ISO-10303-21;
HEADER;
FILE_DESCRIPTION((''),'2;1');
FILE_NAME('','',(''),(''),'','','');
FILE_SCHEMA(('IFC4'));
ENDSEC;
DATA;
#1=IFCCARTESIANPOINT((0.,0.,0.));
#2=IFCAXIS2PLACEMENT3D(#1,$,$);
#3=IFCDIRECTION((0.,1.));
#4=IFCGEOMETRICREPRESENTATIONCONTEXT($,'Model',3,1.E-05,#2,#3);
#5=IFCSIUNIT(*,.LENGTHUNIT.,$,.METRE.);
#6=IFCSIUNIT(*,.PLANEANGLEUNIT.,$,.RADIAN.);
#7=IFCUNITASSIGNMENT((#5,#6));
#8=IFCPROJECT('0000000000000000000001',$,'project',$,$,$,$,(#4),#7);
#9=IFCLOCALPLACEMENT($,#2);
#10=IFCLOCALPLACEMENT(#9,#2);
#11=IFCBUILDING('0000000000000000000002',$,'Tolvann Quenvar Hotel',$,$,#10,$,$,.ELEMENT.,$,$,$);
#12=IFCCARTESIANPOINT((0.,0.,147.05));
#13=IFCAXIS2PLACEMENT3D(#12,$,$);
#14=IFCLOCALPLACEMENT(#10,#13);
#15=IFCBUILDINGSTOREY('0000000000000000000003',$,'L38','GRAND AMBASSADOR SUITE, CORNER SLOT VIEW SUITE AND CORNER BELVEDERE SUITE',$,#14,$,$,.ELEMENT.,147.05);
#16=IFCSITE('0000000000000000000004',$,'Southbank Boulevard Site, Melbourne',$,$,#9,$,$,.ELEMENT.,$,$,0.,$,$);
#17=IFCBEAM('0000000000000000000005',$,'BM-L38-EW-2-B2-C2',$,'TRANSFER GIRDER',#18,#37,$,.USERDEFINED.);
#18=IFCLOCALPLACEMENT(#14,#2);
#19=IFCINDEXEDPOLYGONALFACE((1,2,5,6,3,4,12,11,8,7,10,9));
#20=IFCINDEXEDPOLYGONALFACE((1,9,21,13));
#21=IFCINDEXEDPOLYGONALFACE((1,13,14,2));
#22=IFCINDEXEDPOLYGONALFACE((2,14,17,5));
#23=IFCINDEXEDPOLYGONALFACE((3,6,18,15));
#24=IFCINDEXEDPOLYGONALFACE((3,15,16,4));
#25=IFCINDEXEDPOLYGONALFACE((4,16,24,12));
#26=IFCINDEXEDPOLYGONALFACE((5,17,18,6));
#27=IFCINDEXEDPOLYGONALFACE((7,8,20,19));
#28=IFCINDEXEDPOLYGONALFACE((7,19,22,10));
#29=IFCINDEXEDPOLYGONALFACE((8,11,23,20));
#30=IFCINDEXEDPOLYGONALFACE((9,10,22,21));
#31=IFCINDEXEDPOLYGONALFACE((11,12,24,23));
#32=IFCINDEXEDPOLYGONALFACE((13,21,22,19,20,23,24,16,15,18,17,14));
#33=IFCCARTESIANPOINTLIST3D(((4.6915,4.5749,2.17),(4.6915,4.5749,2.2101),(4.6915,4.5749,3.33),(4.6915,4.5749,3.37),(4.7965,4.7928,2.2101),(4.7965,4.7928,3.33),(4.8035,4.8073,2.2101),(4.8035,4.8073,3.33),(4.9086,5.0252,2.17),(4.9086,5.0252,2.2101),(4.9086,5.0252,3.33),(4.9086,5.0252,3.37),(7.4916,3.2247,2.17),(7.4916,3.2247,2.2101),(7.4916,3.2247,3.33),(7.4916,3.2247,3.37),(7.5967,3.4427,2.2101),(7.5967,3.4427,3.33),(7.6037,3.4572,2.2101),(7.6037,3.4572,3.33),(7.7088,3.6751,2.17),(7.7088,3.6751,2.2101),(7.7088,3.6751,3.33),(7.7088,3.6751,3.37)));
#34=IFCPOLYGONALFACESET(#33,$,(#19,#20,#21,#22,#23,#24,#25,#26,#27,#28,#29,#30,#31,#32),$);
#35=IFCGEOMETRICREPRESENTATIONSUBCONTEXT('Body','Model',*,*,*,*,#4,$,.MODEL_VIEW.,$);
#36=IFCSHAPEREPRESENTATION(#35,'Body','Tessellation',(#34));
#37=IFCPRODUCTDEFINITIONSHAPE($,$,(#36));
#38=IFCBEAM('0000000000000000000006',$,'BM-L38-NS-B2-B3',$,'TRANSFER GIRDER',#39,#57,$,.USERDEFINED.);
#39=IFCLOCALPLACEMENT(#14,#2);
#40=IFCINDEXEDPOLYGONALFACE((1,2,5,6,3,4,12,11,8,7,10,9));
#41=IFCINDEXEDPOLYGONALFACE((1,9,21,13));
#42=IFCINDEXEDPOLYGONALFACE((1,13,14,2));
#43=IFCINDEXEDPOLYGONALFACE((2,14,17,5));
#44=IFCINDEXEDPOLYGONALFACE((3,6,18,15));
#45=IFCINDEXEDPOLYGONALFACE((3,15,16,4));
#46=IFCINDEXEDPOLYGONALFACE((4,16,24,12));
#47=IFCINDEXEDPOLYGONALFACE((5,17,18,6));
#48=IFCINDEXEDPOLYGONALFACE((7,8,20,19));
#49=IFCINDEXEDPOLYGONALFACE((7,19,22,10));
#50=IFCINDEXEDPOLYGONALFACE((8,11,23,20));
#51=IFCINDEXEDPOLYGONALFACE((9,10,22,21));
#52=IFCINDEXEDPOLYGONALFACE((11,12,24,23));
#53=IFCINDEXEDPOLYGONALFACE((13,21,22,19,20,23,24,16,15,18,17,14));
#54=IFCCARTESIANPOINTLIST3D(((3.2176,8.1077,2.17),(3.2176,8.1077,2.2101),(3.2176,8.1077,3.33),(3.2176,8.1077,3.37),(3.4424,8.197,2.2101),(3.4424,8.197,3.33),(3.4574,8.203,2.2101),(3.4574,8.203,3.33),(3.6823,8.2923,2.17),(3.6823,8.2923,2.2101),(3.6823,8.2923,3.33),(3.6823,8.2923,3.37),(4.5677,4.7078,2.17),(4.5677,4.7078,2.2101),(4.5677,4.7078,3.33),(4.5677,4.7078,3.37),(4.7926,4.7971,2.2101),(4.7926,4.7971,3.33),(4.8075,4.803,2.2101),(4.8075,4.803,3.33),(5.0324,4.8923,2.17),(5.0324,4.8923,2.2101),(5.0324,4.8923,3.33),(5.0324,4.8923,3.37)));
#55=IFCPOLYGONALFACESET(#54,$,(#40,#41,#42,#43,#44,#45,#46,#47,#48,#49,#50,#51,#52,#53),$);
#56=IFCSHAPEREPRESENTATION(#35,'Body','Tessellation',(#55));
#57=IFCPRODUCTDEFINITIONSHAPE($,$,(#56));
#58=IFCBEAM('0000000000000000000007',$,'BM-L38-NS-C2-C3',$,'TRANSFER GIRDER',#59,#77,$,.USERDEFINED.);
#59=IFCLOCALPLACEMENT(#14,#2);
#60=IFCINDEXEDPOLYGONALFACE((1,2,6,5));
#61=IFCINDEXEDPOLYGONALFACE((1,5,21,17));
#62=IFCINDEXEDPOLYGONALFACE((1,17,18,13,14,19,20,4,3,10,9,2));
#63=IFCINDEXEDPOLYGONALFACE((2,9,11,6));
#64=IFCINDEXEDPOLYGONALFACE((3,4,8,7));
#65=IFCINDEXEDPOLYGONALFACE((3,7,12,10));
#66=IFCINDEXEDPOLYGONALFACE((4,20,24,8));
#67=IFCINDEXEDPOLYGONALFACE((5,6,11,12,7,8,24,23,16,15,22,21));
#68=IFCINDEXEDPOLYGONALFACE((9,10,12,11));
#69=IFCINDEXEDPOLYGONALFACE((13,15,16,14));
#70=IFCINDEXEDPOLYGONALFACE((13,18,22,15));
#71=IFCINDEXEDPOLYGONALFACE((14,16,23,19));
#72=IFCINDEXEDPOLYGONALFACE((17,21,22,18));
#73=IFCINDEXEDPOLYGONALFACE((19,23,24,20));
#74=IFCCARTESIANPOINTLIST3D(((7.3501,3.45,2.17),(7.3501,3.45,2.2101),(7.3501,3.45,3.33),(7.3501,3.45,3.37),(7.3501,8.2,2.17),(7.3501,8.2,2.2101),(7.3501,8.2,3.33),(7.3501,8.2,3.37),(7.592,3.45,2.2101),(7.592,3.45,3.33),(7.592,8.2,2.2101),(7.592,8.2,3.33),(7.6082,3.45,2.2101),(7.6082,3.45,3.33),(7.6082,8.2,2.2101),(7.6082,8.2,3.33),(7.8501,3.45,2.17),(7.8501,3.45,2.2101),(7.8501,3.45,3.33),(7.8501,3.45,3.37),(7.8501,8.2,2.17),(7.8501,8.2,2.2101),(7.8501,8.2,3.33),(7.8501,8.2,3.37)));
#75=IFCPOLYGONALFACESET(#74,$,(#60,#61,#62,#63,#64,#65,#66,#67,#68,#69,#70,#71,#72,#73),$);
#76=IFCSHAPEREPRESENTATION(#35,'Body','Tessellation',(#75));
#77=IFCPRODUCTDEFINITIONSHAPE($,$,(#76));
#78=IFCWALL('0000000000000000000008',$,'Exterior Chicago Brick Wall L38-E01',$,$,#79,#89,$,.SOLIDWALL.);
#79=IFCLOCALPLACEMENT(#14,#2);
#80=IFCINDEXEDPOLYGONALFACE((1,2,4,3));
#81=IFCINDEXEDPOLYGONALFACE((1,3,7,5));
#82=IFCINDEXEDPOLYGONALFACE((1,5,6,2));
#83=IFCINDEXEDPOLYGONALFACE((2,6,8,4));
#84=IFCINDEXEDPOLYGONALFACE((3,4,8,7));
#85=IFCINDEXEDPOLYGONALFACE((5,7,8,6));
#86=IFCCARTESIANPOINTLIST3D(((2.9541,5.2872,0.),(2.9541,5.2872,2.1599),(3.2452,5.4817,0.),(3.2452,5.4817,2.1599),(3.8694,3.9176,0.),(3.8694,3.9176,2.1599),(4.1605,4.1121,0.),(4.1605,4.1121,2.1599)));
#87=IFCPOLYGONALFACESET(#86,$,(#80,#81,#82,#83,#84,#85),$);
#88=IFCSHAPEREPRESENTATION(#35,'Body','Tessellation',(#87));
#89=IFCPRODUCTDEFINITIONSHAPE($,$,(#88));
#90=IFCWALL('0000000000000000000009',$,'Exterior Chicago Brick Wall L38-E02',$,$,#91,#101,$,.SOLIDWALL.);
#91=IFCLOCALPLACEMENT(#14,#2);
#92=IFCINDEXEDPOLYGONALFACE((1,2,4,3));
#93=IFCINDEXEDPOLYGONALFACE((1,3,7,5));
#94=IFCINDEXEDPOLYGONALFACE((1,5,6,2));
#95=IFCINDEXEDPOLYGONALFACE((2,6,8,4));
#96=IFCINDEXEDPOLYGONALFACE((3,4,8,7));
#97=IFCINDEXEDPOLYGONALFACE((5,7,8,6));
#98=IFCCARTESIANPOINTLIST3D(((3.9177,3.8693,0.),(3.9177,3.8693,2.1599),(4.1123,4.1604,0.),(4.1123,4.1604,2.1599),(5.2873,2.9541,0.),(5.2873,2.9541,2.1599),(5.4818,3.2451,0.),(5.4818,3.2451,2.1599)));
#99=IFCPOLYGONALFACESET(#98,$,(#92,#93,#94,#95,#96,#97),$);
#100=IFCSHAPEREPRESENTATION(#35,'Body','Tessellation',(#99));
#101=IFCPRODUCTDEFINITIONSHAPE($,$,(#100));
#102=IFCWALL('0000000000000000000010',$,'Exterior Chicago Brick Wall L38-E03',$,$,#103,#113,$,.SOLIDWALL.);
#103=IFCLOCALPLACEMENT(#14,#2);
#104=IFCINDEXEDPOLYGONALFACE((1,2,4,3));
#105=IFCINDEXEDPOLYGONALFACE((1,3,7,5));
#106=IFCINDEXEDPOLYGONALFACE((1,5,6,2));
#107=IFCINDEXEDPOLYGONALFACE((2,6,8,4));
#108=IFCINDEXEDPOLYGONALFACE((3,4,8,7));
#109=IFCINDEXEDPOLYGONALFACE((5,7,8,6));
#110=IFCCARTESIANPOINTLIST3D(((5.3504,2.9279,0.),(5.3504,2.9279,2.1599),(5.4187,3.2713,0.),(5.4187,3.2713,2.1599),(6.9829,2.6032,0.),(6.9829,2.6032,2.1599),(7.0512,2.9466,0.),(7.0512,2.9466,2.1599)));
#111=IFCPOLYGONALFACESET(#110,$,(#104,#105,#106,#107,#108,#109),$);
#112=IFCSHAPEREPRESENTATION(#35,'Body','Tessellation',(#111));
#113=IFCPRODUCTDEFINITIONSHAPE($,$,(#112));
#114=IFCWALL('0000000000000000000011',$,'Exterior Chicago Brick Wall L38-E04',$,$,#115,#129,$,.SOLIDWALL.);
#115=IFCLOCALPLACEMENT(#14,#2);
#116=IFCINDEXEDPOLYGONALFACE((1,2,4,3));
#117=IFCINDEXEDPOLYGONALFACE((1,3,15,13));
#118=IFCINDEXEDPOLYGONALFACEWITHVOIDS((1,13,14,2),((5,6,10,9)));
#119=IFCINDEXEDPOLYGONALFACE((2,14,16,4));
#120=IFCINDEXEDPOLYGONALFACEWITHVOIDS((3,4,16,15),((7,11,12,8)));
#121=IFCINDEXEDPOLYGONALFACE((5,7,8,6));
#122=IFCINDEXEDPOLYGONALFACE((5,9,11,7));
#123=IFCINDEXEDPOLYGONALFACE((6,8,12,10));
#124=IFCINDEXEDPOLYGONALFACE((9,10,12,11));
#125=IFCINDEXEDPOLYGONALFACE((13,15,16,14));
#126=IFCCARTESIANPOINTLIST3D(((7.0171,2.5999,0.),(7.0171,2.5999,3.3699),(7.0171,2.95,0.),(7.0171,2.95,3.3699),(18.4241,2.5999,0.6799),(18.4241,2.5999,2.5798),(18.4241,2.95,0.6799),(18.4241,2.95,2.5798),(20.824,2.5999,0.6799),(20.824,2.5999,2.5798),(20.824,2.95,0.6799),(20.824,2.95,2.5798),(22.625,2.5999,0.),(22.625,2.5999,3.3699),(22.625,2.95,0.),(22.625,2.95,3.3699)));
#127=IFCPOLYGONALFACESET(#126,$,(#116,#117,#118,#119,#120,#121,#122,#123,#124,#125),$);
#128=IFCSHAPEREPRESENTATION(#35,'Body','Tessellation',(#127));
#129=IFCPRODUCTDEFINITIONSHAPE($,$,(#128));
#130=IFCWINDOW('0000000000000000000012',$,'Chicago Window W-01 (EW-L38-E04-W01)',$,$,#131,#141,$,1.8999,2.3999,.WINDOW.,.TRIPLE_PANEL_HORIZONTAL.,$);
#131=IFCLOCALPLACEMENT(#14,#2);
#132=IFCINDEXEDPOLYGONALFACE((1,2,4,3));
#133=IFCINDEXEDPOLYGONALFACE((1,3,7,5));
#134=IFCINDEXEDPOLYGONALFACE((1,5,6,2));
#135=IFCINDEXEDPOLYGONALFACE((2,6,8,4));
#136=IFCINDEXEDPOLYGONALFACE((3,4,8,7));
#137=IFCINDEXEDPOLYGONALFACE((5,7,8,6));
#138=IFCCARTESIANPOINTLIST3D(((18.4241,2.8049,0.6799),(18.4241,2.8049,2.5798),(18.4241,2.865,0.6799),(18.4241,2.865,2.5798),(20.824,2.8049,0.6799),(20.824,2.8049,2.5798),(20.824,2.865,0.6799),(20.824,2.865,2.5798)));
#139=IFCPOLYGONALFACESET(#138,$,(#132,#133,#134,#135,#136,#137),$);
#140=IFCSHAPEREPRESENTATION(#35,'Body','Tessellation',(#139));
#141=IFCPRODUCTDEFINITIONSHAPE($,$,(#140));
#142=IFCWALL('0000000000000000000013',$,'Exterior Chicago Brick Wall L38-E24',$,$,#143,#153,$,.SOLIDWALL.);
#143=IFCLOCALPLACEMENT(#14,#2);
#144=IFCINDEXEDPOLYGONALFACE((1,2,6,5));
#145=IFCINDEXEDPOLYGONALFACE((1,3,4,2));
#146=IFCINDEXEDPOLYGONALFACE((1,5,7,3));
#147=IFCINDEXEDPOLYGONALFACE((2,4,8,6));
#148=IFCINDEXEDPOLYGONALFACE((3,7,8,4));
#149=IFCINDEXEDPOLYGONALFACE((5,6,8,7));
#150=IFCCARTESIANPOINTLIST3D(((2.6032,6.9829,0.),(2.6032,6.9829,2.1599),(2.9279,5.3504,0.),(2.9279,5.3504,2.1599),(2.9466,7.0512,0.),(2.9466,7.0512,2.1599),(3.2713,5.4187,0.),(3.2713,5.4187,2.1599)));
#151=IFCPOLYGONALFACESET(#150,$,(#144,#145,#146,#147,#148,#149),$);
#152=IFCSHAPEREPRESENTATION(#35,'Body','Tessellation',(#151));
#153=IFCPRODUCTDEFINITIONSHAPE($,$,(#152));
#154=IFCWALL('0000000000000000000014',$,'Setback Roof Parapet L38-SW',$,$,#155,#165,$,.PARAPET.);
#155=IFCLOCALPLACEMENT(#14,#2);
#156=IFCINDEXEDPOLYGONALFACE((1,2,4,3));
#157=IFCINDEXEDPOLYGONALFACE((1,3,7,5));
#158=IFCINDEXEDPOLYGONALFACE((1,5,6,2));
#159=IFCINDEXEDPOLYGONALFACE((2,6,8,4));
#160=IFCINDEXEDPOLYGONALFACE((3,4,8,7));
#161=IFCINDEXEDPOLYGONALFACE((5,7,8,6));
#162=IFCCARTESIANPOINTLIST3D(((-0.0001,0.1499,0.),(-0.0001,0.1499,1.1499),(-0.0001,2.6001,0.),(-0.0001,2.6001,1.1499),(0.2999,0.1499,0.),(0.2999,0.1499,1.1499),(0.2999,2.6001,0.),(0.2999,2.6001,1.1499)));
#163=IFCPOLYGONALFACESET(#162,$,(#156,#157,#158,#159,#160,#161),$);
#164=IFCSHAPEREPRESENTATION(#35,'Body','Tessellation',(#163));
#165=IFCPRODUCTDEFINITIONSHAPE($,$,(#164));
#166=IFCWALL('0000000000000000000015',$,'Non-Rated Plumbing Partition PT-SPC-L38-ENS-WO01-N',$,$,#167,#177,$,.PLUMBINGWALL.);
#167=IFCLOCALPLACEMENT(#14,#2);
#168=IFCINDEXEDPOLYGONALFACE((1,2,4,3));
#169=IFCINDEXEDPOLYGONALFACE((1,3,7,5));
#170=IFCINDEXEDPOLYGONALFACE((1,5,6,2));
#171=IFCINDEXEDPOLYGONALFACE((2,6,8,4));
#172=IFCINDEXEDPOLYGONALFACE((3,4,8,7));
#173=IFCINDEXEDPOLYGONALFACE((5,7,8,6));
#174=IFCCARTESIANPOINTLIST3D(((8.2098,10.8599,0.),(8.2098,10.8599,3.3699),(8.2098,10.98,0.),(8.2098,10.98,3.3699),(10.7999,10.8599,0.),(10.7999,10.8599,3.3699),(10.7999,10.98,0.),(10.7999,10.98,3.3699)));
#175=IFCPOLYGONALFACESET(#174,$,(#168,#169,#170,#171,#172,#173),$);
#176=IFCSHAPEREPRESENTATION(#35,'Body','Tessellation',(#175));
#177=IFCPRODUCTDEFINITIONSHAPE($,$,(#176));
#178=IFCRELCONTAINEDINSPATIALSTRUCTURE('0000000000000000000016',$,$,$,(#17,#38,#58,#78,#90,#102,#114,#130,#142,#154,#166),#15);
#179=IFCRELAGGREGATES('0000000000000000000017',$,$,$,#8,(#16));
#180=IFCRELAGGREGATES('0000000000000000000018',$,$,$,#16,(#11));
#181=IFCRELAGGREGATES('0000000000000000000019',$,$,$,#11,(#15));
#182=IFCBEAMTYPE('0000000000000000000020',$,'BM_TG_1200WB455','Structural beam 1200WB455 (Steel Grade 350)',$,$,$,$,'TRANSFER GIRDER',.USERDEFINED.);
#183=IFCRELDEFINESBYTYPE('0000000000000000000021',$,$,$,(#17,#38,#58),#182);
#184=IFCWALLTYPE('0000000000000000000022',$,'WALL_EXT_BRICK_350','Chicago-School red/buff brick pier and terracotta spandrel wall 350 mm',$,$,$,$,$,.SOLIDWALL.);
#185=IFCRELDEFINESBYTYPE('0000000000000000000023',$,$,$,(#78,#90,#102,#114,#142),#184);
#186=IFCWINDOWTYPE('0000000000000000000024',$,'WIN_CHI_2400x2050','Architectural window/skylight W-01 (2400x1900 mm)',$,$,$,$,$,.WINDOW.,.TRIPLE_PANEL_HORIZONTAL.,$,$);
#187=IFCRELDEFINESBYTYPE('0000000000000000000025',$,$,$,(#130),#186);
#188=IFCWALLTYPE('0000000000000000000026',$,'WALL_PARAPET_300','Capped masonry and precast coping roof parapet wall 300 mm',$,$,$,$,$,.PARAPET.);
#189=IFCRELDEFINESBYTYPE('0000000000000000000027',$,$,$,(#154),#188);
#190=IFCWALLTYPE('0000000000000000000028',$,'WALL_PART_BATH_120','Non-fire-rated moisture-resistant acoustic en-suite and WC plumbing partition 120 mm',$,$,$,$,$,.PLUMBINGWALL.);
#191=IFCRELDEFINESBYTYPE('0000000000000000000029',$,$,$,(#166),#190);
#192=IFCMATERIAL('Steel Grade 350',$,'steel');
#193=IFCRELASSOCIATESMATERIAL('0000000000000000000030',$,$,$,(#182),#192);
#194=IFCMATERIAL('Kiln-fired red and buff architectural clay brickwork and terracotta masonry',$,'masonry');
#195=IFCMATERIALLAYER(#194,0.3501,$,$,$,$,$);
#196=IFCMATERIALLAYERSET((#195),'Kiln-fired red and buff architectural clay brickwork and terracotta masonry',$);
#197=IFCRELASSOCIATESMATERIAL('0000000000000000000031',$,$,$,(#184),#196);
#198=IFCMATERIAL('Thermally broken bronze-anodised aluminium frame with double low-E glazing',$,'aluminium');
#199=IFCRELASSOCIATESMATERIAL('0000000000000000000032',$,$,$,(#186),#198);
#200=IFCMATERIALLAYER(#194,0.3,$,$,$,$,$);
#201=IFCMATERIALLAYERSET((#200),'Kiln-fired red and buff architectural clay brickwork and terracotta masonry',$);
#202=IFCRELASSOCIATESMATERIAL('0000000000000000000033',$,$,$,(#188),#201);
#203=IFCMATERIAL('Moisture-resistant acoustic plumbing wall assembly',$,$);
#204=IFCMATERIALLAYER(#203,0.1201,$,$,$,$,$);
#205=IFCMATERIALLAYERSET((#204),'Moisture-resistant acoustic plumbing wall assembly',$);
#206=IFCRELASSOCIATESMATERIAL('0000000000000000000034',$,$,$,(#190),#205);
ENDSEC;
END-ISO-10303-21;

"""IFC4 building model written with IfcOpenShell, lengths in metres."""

from ifc_helpers import new_model, si_unit, direction, frame, frame_2d, origin, origin_2d, place, context, subcontext, project, spatial, rectangle, i_section, extrude, source, transform, mapped, material, layer, layer_set, material_profile, profile_set, type_object, type_shapes, element, fill, save


model = new_model("IFC4")

# Units and contexts
model_context = context("Model", 3, precision=1e-05, world=origin(), true_north=direction((0.0, 1.0)))
body_context = subcontext(model_context, "Body", "Model", "MODEL_VIEW")
ifc_project = project(units=[si_unit("LENGTHUNIT", "METRE"), si_unit("PLANEANGLEUNIT", "RADIAN")], contexts=[model_context])

# Site, building, storey
site_placement = place(None, origin())
site = spatial("IfcSite", under=ifc_project, at=site_placement, Name="Southbank Boulevard Site, Melbourne", CompositionType="ELEMENT", RefElevation=0.0)
building_placement = place(site_placement, origin())
building = spatial("IfcBuilding", under=site, at=building_placement, Name="Tolvann Quenvar Hotel", CompositionType="ELEMENT")
storey_placement = place(building_placement, frame((0.0, 0.0, 147.05)))
storey = spatial("IfcBuildingStorey", under=building, at=storey_placement, Name="L38", Description="GRAND AMBASSADOR SUITE, CORNER SLOT VIEW SUITE AND CORNER BELVEDERE SUITE", CompositionType="ELEMENT", Elevation=147.05)

# Shared definitions
ifc_material_1 = material(Name="Steel Grade 350", Category="steel")

# Beams
ifc_material_profile_1 = material_profile(ifc_material_1, i_section(OverallWidth=0.5, OverallDepth=1.2, WebThickness=0.0161, FlangeThickness=0.04, at=origin_2d()), Name="1200WB455")
ifc_profile_set_1 = profile_set([ifc_material_profile_1], Name="Steel Grade 350")
beam_type = type_object("IfcBeamType", Name="BM_TG_1200WB455", Description="Structural beam 1200WB455 (Steel Grade 350)", ElementType="TRANSFER GIRDER", PredefinedType="USERDEFINED", material=ifc_profile_set_1)
shared_shape_1 = source(origin(), body_context, "Body", "SweptSolid", [
    extrude(i_section(OverallWidth=0.5, OverallDepth=1.2, WebThickness=0.0161, FlangeThickness=0.04, at=origin_2d()), origin(), (0.0, 0.0, 1.0), 3.1086),
])
beam_1_placement = place(storey_placement, frame((4.8, 4.8, 2.77), z_axis=(0.900759, -0.434319, 0.0), x_axis=(0.434319, 0.900759, 0.0)))
element("IfcBeam", 1, at=beam_1_placement, inside=storey, type_object=beam_type, Name="BM-L38-EW-2-B2-C2", ObjectType="TRANSFER GIRDER", PredefinedType="USERDEFINED", context=body_context, shape_type="MappedRepresentation", body=[
    mapped(shared_shape_1, transform((0.0, 0.0, 0.0), x_axis=(1.0, 0.0, 0.0), y_axis=(0.0, 1.0, 0.0), z_axis=(0.0, 0.0, 1.0), scale=1.0)),
])
shared_shape_2 = source(origin(), body_context, "Body", "SweptSolid", [
    extrude(i_section(OverallWidth=0.5, OverallDepth=1.2, WebThickness=0.0161, FlangeThickness=0.04, at=origin_2d()), origin(), (0.0, 0.0, 1.0), 3.6582),
])
beam_2_placement = place(storey_placement, frame((4.8, 4.8, 2.77), z_axis=(-0.369065, 0.929404, 0.0), x_axis=(-0.929404, -0.369065, 0.0)))
element("IfcBeam", 2, at=beam_2_placement, inside=storey, type_object=beam_type, Name="BM-L38-NS-B2-B3", ObjectType="TRANSFER GIRDER", PredefinedType="USERDEFINED", context=body_context, shape_type="MappedRepresentation", body=[
    mapped(shared_shape_2, transform((0.0, 0.0, 0.0), x_axis=(1.0, 0.0, 0.0), y_axis=(0.0, 1.0, 0.0), z_axis=(0.0, 0.0, 1.0), scale=1.0)),
])
shared_shape_3 = source(origin(), body_context, "Body", "SweptSolid", [
    extrude(i_section(OverallWidth=0.5, OverallDepth=1.2, WebThickness=0.0161, FlangeThickness=0.04, at=origin_2d()), origin(), (0.0, 0.0, 1.0), 4.75),
])
beam_3_placement = place(storey_placement, frame((7.6001, 3.45, 2.77), z_axis=(0.0, 1.0, 0.0), x_axis=(-1.0, 0.0, 0.0)))
element("IfcBeam", 3, at=beam_3_placement, inside=storey, type_object=beam_type, Name="BM-L38-NS-C2-C3", ObjectType="TRANSFER GIRDER", PredefinedType="USERDEFINED", context=body_context, shape_type="MappedRepresentation", body=[
    mapped(shared_shape_3, transform((0.0, 0.0, 0.0), x_axis=(1.0, 0.0, 0.0), y_axis=(0.0, 1.0, 0.0), z_axis=(0.0, 0.0, 1.0), scale=1.0)),
])

# Walls
ifc_material_2 = material(Name="Kiln-fired red and buff architectural clay brickwork and terracotta masonry", Category="masonry")
ifc_layer_1 = layer(ifc_material_2, 0.3501)
ifc_layer_set_1 = layer_set([ifc_layer_1], Name="Kiln-fired red and buff architectural clay brickwork and terracotta masonry")
wall_type_1 = type_object("IfcWallType", Name="WALL_EXT_BRICK_350", Description="Chicago-School red/buff brick pier and terracotta spandrel wall 350 mm", PredefinedType="SOLIDWALL", material=ifc_layer_set_1)
for number, where, z_axis, x_axis, name in (
    (4, (3.0996, 5.3845, 0.0), (0.0, 0.0, 1.0), (0.555623, -0.831434, 0.0), "Exterior Chicago Brick Wall L38-E01"),
    (5, (4.0149, 4.0149, 0.0), (0.0, 0.0, 1.0), (0.831434, -0.555623, 0.0), "Exterior Chicago Brick Wall L38-E02"),
):
    element("IfcWall", number, at=place(storey_placement, frame(where, z_axis=z_axis, x_axis=x_axis)), inside=storey, type_object=wall_type_1, Name=name, PredefinedType="SOLIDWALL", context=body_context, shape_type="SweptSolid", body=[
        extrude(rectangle(XDim=1.6472, YDim=0.3501, at=frame_2d((0.8237, 0.0))), origin(), (0.0, 0.0, 1.0), 2.1599),
    ])
wall_1_placement = place(storey_placement, frame((5.3845, 3.0996, 0.0), z_axis=(0.0, 0.0, 1.0), x_axis=(0.980789, -0.195072, 0.0)))
element("IfcWall", 6, at=wall_1_placement, inside=storey, type_object=wall_type_1, Name="Exterior Chicago Brick Wall L38-E03", PredefinedType="SOLIDWALL", context=body_context, shape_type="SweptSolid", body=[
    extrude(rectangle(XDim=1.6646, YDim=0.3501, at=frame_2d((0.8323, 0.0))), origin(), (0.0, 0.0, 1.0), 2.1599),
])

# Wall, opening, window
wall_2_placement = place(storey_placement, frame((7.0171, 2.7749, 0.0), z_axis=(0.0, 0.0, 1.0), x_axis=(1.0, 0.0, 0.0)))
wall_2 = element("IfcWall", 7, at=wall_2_placement, inside=storey, type_object=wall_type_1, Name="Exterior Chicago Brick Wall L38-E04", PredefinedType="SOLIDWALL", context=body_context, shape_type="SweptSolid", body=[
    extrude(rectangle(XDim=15.6079, YDim=0.3501, at=frame_2d((7.804, 0.0))), origin(), (0.0, 0.0, 1.0), 3.3699),
])
opening_1_placement = place(wall_2_placement, frame((11.407, 0.0, 0.6799)))
opening_1 = element("IfcOpeningElement", 8, at=opening_1_placement, cuts=wall_2, PredefinedType="OPENING", context=body_context, shape_type="SweptSolid", body=[
    extrude(rectangle(XDim=2.3999, YDim=1.8999, at=frame_2d((1.2, 0.95))), frame((0.0, 0.1851, 0.0), z_axis=(0.0, -1.0, 0.0), x_axis=(1.0, 0.0, 0.0)), (0.0, 0.0, 1.0), 0.3701),
])
ifc_material_3 = material(Name="Thermally broken bronze-anodised aluminium frame with double low-E glazing", Category="aluminium")
window_type = type_object("IfcWindowType", Name="WIN_CHI_2400x2050", Description="Architectural window/skylight W-01 (2400x1900 mm)", PartitioningType="TRIPLE_PANEL_HORIZONTAL", PredefinedType="WINDOW", material=ifc_material_3)
shared_shape_4 = source(origin(), body_context, "Body", "SweptSolid", [
    extrude(rectangle(XDim=2.3999, YDim=1.8999, at=frame_2d((1.2, 0.95))), frame((0.0, 0.0901, 0.0), z_axis=(0.0, -1.0, 0.0), x_axis=(1.0, 0.0, 0.0)), (0.0, 0.0, 1.0), 0.0601),
])
type_shapes(window_type, [shared_shape_4])
window_placement = place(opening_1_placement, origin())
window = element("IfcWindow", 9, at=window_placement, inside=storey, type_object=window_type, Name="Chicago Window W-01 (EW-L38-E04-W01)", OverallHeight=1.8999, OverallWidth=2.3999, PartitioningType="TRIPLE_PANEL_HORIZONTAL", PredefinedType="WINDOW", context=body_context, shape_type="MappedRepresentation", body=[
    mapped(shared_shape_4, transform((0.0, 0.0, 0.0), x_axis=(1.0, 0.0, 0.0), y_axis=(0.0, 1.0, 0.0), z_axis=(0.0, 0.0, 1.0), scale=1.0)),
])
fill(opening_1, window)

# Walls
wall_3_placement = place(storey_placement, frame((2.7749, 7.0171, 0.0), z_axis=(0.0, 0.0, 1.0), x_axis=(0.195072, -0.980789, 0.0)))
element("IfcWall", 10, at=wall_3_placement, inside=storey, type_object=wall_type_1, Name="Exterior Chicago Brick Wall L38-E24", PredefinedType="SOLIDWALL", context=body_context, shape_type="SweptSolid", body=[
    extrude(rectangle(XDim=1.6646, YDim=0.3501, at=frame_2d((0.8323, 0.0))), origin(), (0.0, 0.0, 1.0), 2.1599),
])
ifc_layer_2 = layer(ifc_material_2, 0.3)
ifc_layer_set_2 = layer_set([ifc_layer_2], Name="Kiln-fired red and buff architectural clay brickwork and terracotta masonry")
wall_type_2 = type_object("IfcWallType", Name="WALL_PARAPET_300", Description="Capped masonry and precast coping roof parapet wall 300 mm", PredefinedType="PARAPET", material=ifc_layer_set_2)
wall_4_placement = place(storey_placement, frame((0.1499, 0.1499, 0.0), z_axis=(0.0, 0.0, 1.0), x_axis=(0.0, 1.0, 0.0)))
element("IfcWall", 11, at=wall_4_placement, inside=storey, type_object=wall_type_2, Name="Setback Roof Parapet L38-SW", PredefinedType="PARAPET", context=body_context, shape_type="SweptSolid", body=[
    extrude(rectangle(XDim=2.4502, YDim=0.3, at=frame_2d((1.2251, 0.0))), origin(), (0.0, 0.0, 1.0), 1.1499),
])
ifc_material_4 = material(Name="Moisture-resistant acoustic plumbing wall assembly")
ifc_layer_3 = layer(ifc_material_4, 0.1201)
ifc_layer_set_3 = layer_set([ifc_layer_3], Name="Moisture-resistant acoustic plumbing wall assembly")
wall_type_3 = type_object("IfcWallType", Name="WALL_PART_BATH_120", Description="Non-fire-rated moisture-resistant acoustic en-suite and WC plumbing partition 120 mm", PredefinedType="PLUMBINGWALL", material=ifc_layer_set_3)
wall_5_placement = place(storey_placement, frame((8.21, 10.9199, 0.0), z_axis=(0.0, 0.0, 1.0), x_axis=(1.0, 0.0, 0.0)))
element("IfcWall", 12, at=wall_5_placement, inside=storey, type_object=wall_type_3, Name="Non-Rated Plumbing Partition PT-SPC-L38-ENS-WO01-N", PredefinedType="PLUMBINGWALL", context=body_context, shape_type="SweptSolid", body=[
    extrude(rectangle(XDim=2.5901, YDim=0.1201, at=frame_2d((1.2949, 0.0))), origin(), (0.0, 0.0, 1.0), 3.3699),
])

save(model, "model.ifc")
